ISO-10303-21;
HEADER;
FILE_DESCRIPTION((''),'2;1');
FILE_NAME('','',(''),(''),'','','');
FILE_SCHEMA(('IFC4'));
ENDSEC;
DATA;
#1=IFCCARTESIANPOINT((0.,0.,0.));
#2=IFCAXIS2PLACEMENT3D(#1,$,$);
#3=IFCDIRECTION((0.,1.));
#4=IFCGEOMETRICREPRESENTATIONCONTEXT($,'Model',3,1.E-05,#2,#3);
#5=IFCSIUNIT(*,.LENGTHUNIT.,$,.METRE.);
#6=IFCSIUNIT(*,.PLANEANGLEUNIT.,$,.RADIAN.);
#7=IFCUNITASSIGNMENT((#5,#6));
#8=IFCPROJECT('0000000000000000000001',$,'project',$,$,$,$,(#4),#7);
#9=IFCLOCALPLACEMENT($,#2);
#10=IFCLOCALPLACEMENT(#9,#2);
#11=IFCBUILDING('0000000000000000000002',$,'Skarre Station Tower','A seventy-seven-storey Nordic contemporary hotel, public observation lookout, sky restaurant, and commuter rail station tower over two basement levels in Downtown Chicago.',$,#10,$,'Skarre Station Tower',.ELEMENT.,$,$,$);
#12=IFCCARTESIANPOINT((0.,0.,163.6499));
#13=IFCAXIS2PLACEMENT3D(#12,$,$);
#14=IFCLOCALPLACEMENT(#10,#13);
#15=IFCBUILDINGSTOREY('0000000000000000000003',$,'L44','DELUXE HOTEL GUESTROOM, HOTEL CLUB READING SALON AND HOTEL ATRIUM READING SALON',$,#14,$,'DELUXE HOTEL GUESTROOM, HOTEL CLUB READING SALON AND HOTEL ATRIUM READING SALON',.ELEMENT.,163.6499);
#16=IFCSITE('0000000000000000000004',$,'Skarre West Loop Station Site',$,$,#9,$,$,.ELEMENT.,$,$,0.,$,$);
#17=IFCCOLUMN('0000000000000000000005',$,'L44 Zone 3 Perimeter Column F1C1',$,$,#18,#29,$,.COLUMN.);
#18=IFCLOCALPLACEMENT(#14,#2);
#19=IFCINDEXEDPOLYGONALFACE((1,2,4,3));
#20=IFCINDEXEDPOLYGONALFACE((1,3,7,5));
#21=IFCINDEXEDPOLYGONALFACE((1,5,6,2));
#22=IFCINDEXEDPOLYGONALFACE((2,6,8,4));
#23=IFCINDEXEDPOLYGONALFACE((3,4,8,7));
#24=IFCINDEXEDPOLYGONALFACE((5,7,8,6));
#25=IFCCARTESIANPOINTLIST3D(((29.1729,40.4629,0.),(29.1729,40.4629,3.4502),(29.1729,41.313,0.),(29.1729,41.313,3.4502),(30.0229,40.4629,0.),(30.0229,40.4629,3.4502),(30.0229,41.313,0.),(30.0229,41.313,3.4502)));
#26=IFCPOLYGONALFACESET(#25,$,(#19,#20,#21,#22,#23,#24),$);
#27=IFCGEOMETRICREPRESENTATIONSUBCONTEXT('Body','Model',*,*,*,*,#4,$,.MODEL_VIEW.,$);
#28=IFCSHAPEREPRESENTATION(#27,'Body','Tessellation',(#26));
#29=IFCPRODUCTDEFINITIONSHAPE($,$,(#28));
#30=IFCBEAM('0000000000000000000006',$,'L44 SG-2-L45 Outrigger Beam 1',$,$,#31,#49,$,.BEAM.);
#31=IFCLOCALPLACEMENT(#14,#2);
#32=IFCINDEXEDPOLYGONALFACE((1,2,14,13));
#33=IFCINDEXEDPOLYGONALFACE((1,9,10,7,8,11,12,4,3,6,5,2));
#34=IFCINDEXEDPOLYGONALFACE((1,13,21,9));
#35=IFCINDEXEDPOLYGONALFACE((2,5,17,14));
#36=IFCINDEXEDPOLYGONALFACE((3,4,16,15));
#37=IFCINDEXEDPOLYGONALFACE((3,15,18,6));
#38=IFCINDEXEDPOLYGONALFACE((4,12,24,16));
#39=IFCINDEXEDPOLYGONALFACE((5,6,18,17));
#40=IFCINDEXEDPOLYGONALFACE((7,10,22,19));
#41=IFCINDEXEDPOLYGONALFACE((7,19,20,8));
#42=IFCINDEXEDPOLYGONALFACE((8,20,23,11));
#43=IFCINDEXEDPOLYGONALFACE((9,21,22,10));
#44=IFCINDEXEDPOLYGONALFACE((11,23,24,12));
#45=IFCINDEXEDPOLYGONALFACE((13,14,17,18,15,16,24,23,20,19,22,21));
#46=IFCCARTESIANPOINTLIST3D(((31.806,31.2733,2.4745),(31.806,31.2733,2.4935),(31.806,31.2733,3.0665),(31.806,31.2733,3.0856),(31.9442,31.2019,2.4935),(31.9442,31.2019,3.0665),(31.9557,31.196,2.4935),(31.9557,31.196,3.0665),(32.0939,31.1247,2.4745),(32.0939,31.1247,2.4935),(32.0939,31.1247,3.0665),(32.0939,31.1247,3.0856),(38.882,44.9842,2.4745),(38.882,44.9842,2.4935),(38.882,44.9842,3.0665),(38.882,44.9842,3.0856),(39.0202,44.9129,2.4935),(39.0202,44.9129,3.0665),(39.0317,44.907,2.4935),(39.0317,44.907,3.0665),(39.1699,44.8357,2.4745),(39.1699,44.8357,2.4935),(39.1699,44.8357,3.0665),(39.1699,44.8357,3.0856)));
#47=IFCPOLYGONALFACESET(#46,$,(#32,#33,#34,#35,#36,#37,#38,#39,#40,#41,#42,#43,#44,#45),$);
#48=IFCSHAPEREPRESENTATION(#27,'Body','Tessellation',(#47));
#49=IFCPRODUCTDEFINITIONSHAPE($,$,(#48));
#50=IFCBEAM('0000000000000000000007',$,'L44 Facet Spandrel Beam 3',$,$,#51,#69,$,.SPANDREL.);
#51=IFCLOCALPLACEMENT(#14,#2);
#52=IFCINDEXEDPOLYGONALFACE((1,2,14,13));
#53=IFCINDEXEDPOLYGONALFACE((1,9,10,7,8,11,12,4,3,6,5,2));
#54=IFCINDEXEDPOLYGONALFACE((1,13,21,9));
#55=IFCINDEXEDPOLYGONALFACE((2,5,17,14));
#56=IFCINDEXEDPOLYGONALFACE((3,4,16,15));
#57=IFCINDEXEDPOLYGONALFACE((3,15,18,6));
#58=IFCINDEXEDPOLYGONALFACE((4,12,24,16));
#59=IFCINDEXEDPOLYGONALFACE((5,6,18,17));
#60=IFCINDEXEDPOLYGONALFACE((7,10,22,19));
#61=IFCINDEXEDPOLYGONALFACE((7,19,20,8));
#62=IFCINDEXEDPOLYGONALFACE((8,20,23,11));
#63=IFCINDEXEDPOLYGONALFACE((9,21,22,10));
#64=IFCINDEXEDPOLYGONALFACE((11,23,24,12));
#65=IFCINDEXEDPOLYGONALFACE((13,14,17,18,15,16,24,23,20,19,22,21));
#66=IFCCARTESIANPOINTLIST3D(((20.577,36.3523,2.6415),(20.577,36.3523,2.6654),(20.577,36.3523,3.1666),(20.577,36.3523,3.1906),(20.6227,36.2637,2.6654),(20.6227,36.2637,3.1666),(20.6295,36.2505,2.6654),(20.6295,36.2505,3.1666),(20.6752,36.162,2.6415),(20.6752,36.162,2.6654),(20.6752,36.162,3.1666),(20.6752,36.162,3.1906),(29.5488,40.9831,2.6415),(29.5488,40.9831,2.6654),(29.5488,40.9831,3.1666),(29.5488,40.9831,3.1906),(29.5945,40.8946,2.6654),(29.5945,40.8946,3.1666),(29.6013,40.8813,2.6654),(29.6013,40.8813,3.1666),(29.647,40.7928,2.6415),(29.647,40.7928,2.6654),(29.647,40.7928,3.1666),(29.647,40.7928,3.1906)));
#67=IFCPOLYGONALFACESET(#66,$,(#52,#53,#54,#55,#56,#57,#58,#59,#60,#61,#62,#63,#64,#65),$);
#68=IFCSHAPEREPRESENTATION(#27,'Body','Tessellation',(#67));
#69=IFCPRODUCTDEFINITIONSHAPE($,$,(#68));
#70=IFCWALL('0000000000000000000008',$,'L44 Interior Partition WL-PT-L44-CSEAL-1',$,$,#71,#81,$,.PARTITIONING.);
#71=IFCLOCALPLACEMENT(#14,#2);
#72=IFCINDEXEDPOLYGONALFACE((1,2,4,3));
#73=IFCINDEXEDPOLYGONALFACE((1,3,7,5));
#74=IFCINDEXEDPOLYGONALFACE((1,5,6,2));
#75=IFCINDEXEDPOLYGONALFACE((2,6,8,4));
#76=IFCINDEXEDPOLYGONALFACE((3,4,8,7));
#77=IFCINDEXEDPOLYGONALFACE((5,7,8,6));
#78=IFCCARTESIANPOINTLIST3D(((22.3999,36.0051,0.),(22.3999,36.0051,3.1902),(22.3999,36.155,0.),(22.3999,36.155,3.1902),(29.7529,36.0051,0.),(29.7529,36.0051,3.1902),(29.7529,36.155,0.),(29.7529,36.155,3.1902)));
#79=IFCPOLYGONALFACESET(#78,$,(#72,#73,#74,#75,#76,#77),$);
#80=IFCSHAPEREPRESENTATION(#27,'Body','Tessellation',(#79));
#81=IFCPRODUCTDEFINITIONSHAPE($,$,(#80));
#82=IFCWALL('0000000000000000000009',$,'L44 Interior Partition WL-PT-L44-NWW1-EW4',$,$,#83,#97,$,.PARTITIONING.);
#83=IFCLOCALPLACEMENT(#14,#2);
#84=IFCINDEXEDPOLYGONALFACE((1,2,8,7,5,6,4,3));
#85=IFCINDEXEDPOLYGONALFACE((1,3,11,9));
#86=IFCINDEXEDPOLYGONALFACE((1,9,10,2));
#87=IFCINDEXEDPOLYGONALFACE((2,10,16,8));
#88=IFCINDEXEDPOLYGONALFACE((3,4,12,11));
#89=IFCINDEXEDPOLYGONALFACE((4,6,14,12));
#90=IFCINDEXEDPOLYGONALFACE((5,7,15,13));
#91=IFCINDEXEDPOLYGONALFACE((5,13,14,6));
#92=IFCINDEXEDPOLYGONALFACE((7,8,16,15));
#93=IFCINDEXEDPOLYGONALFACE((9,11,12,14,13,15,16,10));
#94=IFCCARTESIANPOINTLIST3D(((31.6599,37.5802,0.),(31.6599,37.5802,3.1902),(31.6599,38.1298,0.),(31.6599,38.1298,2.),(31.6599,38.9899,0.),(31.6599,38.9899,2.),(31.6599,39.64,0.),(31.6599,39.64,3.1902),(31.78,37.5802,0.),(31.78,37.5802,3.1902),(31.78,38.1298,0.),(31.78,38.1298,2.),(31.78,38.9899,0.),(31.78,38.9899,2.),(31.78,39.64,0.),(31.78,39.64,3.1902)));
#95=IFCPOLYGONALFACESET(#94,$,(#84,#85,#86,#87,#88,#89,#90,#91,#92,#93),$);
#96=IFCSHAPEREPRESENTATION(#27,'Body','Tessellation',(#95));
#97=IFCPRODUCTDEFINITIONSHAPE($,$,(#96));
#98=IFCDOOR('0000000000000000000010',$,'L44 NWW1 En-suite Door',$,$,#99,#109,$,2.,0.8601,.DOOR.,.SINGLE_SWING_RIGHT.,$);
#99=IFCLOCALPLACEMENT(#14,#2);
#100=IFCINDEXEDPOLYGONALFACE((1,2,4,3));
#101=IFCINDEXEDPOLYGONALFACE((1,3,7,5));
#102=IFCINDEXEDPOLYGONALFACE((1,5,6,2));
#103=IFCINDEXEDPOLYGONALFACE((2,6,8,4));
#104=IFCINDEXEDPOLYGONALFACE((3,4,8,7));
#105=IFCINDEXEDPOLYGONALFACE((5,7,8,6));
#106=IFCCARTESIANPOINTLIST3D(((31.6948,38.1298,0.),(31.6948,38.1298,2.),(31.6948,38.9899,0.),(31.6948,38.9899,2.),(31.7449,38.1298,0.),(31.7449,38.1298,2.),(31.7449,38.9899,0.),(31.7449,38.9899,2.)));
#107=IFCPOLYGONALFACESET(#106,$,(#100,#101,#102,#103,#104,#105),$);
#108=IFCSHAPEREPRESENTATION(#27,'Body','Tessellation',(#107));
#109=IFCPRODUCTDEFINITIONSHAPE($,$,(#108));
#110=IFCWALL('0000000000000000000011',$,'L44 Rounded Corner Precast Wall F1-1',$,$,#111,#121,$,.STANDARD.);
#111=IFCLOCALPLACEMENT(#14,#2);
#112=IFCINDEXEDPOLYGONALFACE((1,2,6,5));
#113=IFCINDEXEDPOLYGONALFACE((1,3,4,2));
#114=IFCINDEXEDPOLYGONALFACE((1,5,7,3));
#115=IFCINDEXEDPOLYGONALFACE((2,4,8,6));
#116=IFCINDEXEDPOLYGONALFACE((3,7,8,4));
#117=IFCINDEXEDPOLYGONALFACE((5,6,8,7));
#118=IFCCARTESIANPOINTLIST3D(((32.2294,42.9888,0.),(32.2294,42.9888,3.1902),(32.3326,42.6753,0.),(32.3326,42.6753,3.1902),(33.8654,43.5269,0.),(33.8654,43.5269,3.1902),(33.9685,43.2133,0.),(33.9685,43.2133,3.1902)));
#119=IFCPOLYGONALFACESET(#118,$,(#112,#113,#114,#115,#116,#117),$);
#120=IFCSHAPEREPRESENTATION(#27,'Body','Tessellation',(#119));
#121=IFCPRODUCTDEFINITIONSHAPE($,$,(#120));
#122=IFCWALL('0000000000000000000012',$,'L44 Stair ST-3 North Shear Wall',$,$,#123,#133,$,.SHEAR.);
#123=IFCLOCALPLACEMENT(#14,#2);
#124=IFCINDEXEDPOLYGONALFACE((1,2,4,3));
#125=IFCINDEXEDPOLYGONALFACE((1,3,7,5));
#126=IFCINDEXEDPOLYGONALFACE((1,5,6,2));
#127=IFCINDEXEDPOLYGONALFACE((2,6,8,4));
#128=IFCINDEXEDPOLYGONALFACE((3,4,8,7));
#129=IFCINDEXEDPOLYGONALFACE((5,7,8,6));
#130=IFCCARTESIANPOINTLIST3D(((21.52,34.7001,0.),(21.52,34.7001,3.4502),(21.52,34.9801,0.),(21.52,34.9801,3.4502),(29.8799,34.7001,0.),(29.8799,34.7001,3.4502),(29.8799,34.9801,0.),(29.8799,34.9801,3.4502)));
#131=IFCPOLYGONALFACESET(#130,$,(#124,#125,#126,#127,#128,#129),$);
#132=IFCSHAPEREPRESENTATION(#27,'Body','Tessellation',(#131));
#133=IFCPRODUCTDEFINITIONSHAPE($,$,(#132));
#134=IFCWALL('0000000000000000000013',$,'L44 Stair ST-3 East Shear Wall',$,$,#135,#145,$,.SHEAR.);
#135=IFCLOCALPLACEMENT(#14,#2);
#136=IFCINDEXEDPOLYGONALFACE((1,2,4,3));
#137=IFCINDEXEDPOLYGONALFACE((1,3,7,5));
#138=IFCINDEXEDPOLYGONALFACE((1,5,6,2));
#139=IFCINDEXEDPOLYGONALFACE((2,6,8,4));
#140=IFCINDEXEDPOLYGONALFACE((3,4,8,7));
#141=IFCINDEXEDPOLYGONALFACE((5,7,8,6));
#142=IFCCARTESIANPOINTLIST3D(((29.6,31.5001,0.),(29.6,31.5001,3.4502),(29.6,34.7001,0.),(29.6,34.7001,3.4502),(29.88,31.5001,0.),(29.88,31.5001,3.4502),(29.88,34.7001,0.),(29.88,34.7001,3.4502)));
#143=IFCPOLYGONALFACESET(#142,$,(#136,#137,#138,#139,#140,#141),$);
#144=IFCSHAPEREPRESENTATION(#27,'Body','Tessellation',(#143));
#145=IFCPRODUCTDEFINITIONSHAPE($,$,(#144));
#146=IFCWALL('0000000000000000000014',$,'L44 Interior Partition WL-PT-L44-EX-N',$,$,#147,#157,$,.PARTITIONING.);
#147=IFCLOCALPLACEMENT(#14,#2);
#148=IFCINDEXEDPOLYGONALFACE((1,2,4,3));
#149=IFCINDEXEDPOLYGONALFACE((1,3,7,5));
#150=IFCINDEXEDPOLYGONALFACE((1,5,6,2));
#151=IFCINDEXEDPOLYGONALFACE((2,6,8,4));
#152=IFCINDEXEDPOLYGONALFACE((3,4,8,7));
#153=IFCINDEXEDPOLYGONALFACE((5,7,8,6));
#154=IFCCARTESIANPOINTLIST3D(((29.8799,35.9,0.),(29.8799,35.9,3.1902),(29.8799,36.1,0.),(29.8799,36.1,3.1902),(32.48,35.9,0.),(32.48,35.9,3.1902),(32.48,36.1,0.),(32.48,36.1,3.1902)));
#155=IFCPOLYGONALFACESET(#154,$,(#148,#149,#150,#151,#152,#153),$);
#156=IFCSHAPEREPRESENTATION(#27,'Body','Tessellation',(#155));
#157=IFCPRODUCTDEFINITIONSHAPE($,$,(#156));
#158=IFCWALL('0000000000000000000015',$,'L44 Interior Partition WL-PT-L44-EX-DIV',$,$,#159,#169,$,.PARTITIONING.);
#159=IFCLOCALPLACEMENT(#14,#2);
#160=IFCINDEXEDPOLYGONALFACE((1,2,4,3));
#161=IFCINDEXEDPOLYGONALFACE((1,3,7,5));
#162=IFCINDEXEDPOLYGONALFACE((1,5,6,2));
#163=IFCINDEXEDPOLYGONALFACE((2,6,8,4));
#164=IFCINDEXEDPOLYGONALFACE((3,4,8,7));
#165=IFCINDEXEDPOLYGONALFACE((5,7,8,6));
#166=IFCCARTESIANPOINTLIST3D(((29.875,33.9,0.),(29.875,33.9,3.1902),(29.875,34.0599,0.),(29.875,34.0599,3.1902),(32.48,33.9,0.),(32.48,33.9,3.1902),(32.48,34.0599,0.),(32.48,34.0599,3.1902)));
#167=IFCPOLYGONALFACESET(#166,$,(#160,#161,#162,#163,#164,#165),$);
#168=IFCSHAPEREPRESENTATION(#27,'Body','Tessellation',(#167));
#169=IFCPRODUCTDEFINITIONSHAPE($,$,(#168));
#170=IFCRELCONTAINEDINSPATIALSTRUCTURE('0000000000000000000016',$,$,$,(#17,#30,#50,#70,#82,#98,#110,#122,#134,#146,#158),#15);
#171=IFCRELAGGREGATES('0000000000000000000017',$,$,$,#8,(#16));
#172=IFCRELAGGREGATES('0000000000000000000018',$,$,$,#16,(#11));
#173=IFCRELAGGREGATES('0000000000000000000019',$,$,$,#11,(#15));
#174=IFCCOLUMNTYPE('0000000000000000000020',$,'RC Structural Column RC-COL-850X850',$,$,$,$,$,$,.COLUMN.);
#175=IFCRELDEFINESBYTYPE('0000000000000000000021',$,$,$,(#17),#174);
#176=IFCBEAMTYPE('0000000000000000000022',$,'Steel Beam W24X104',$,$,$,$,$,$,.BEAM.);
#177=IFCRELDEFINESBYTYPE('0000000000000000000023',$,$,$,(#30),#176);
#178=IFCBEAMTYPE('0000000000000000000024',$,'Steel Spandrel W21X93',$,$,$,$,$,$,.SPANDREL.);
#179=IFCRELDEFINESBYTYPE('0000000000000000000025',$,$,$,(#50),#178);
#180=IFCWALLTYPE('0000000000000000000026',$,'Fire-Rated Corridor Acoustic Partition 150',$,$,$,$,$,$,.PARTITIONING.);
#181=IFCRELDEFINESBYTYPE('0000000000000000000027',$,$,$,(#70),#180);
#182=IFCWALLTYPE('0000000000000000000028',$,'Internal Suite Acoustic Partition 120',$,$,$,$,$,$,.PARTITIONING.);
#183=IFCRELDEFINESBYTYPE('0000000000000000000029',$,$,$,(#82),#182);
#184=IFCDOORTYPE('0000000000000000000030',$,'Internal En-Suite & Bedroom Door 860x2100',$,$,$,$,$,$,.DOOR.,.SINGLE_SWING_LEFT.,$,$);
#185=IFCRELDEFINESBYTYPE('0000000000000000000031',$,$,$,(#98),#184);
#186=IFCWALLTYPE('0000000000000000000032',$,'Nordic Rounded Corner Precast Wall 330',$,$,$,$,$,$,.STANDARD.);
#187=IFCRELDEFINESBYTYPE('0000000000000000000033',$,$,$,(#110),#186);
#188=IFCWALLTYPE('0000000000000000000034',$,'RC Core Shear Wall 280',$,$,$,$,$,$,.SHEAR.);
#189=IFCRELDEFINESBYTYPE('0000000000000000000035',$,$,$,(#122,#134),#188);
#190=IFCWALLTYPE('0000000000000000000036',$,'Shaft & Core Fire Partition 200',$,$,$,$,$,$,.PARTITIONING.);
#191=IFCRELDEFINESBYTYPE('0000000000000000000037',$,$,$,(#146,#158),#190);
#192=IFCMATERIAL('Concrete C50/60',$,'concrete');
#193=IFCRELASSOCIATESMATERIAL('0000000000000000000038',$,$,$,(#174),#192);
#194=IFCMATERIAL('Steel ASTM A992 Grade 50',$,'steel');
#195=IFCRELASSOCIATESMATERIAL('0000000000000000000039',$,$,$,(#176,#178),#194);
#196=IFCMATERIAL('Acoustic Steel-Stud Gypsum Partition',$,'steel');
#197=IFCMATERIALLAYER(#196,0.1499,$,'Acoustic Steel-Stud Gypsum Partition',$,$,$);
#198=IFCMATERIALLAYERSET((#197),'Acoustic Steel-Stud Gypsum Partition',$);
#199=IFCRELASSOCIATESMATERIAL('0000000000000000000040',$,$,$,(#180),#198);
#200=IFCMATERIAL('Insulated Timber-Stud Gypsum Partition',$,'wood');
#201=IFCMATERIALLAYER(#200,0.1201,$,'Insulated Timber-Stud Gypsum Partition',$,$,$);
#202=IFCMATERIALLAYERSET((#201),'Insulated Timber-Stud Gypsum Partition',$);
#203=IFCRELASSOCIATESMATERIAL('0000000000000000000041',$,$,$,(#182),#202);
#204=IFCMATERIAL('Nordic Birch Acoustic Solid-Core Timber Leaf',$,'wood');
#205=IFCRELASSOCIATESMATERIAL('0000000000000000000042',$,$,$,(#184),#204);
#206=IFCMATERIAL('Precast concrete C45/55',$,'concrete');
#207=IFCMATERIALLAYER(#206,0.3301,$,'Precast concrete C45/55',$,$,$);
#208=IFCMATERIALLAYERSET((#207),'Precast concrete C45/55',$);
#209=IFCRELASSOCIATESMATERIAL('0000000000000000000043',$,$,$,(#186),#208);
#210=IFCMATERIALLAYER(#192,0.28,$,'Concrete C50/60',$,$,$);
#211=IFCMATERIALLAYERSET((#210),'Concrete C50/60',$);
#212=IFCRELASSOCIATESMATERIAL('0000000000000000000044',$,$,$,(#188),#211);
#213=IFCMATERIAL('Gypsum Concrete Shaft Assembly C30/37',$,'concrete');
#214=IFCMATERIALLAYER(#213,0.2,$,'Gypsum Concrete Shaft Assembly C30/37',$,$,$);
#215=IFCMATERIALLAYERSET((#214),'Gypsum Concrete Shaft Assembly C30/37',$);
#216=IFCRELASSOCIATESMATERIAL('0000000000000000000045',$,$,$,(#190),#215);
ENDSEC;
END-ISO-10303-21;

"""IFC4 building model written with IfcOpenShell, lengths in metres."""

from ifc_helpers import new_model, si_unit, direction, frame, frame_2d, origin, origin_2d, place, context, subcontext, project, spatial, rectangle, i_section, extrude, material, layer, layer_set, material_profile, profile_set, type_object, element, fill, save


model = new_model("IFC4")

# Units and contexts
model_context = context("Model", 3, precision=1e-05, world=origin(), true_north=direction((0.0, 1.0)))
body_context = subcontext(model_context, "Body", "Model", "MODEL_VIEW")
ifc_project = project(units=[si_unit("LENGTHUNIT", "METRE"), si_unit("PLANEANGLEUNIT", "RADIAN")], contexts=[model_context])

# Site, building, storey
site_placement = place(None, origin())
site = spatial("IfcSite", under=ifc_project, at=site_placement, Name="Skarre West Loop Station Site", CompositionType="ELEMENT", RefElevation=0.0)
building_placement = place(site_placement, origin())
building = spatial("IfcBuilding", under=site, at=building_placement, Name="Skarre Station Tower", Description="A seventy-seven-storey Nordic contemporary hotel, public observation lookout, sky restaurant, and commuter rail station tower over two basement levels in Downtown Chicago.", LongName="Skarre Station Tower", CompositionType="ELEMENT")
storey_placement = place(building_placement, frame((0.0, 0.0, 163.6499)))
storey = spatial("IfcBuildingStorey", under=building, at=storey_placement, Name="L44", Description="DELUXE HOTEL GUESTROOM, HOTEL CLUB READING SALON AND HOTEL ATRIUM READING SALON", LongName="DELUXE HOTEL GUESTROOM, HOTEL CLUB READING SALON AND HOTEL ATRIUM READING SALON", CompositionType="ELEMENT", Elevation=163.6499)

# Column
ifc_material_1 = material(Name="Concrete C50/60", Category="concrete")
ifc_material_profile_1 = material_profile(ifc_material_1, rectangle(XDim=0.8501, YDim=0.8501, at=origin_2d()), Name="Concrete C50/60")
ifc_profile_set_1 = profile_set([ifc_material_profile_1], Name="Concrete C50/60")
column_type = type_object("IfcColumnType", Name="RC Structural Column RC-COL-850X850", PredefinedType="COLUMN", material=ifc_profile_set_1)
column_placement = place(storey_placement, frame((29.5979, 40.8879, 0.0), z_axis=(0.0, 0.0, 1.0), x_axis=(1.0, 0.0, 0.0)))
element("IfcColumn", 1, at=column_placement, inside=storey, type_object=column_type, Name="L44 Zone 3 Perimeter Column F1C1", PredefinedType="COLUMN", context=body_context, shape_type="SweptSolid", body=[
    extrude(rectangle(XDim=0.8501, YDim=0.8501, at=origin_2d()), origin(), (0.0, 0.0, 1.0), 3.4502),
])

# Beams
ifc_material_2 = material(Name="Steel ASTM A992 Grade 50", Category="steel")
ifc_material_profile_2 = material_profile(ifc_material_2, i_section(OverallWidth=0.324, OverallDepth=0.6111, WebThickness=0.0129, FlangeThickness=0.019, at=origin_2d()), Name="Steel ASTM A992 Grade 50")
ifc_profile_set_2 = profile_set([ifc_material_profile_2], Name="Steel ASTM A992 Grade 50")
beam_type_1 = type_object("IfcBeamType", Name="Steel Beam W24X104", PredefinedType="BEAM", material=ifc_profile_set_2)
beam_1_placement = place(storey_placement, frame((31.95, 31.199, 2.78), z_axis=(0.458608, 0.888639, 0.0), x_axis=(-0.888639, 0.458608, 0.0)))
element("IfcBeam", 2, at=beam_1_placement, inside=storey, type_object=beam_type_1, Name="L44 SG-2-L45 Outrigger Beam 1", PredefinedType="BEAM", context=body_context, shape_type="SweptSolid", body=[
    extrude(i_section(OverallWidth=0.324, OverallDepth=0.6111, WebThickness=0.0129, FlangeThickness=0.019, at=origin_2d()), origin(), (0.0, 0.0, 1.0), 15.4292),
])
ifc_material_profile_3 = material_profile(ifc_material_2, i_section(OverallWidth=0.2141, OverallDepth=0.5491, WebThickness=0.0149, FlangeThickness=0.0239, at=origin_2d()), Name="Steel ASTM A992 Grade 50")
ifc_profile_set_3 = profile_set([ifc_material_profile_3], Name="Steel ASTM A992 Grade 50")
beam_type_2 = type_object("IfcBeamType", Name="Steel Spandrel W21X93", PredefinedType="SPANDREL", material=ifc_profile_set_3)
beam_2_placement = place(storey_placement, frame((29.5979, 40.8879, 2.916), z_axis=(-0.888613, -0.458658, 0.0), x_axis=(0.458658, -0.888613, 0.0)))
element("IfcBeam", 3, at=beam_2_placement, inside=storey, type_object=beam_type_2, Name="L44 Facet Spandrel Beam 3", PredefinedType="SPANDREL", context=body_context, shape_type="SweptSolid", body=[
    extrude(i_section(OverallWidth=0.2141, OverallDepth=0.5491, WebThickness=0.0149, FlangeThickness=0.0239, at=origin_2d()), origin(), (0.0, 0.0, 1.0), 10.0964),
])

# Wall
ifc_material_3 = material(Name="Acoustic Steel-Stud Gypsum Partition", Category="steel")
ifc_layer_1 = layer(ifc_material_3, 0.1499, Name="Acoustic Steel-Stud Gypsum Partition")
ifc_layer_set_1 = layer_set([ifc_layer_1], Name="Acoustic Steel-Stud Gypsum Partition")
wall_type_1 = type_object("IfcWallType", Name="Fire-Rated Corridor Acoustic Partition 150", PredefinedType="PARTITIONING", material=ifc_layer_set_1)
wall_1_placement = place(storey_placement, frame((29.7529, 36.0801, 0.0), z_axis=(0.0, 0.0, 1.0), x_axis=(-1.0, 0.0, 0.0)))
element("IfcWall", 4, at=wall_1_placement, inside=storey, type_object=wall_type_1, Name="L44 Interior Partition WL-PT-L44-CSEAL-1", PredefinedType="PARTITIONING", context=body_context, shape_type="SweptSolid", body=[
    extrude(rectangle(XDim=7.353, YDim=0.1499, at=frame_2d((3.6765, 0.0))), origin(), (0.0, 0.0, 1.0), 3.1902),
])

# Wall, opening, door
ifc_material_4 = material(Name="Insulated Timber-Stud Gypsum Partition", Category="wood")
ifc_layer_2 = layer(ifc_material_4, 0.1201, Name="Insulated Timber-Stud Gypsum Partition")
ifc_layer_set_2 = layer_set([ifc_layer_2], Name="Insulated Timber-Stud Gypsum Partition")
wall_type_2 = type_object("IfcWallType", Name="Internal Suite Acoustic Partition 120", PredefinedType="PARTITIONING", material=ifc_layer_set_2)
wall_2_placement = place(storey_placement, frame((31.72, 39.6399, 0.0), z_axis=(0.0, 0.0, 1.0), x_axis=(0.0, -1.0, 0.0)))
wall_2 = element("IfcWall", 5, at=wall_2_placement, inside=storey, type_object=wall_type_2, Name="L44 Interior Partition WL-PT-L44-NWW1-EW4", PredefinedType="PARTITIONING", context=body_context, shape_type="SweptSolid", body=[
    extrude(rectangle(XDim=2.0598, YDim=0.1201, at=frame_2d((1.0298, 0.0))), origin(), (0.0, 0.0, 1.0), 3.1902),
])
opening_placement = place(wall_2_placement, frame((0.6499, 0.0, 0.0)))
opening = element("IfcOpeningElement", 6, at=opening_placement, cuts=wall_2, PredefinedType="OPENING", context=body_context, shape_type="SweptSolid", body=[
    extrude(rectangle(XDim=0.8601, YDim=2.0, at=frame_2d((0.4302, 1.0))), frame((0.0, 0.0701, 0.0), z_axis=(0.0, -1.0, 0.0), x_axis=(1.0, 0.0, 0.0)), (0.0, 0.0, 1.0), 0.1401),
])
ifc_material_5 = material(Name="Nordic Birch Acoustic Solid-Core Timber Leaf", Category="wood")
door_type = type_object("IfcDoorType", Name="Internal En-Suite & Bedroom Door 860x2100", OperationType="SINGLE_SWING_LEFT", PredefinedType="DOOR", material=ifc_material_5)
door_placement = place(opening_placement, origin())
door = element("IfcDoor", 7, at=door_placement, inside=storey, type_object=door_type, Name="L44 NWW1 En-suite Door", OperationType="SINGLE_SWING_RIGHT", OverallHeight=2.0, OverallWidth=0.8601, PredefinedType="DOOR", context=body_context, shape_type="SweptSolid", body=[
    extrude(rectangle(XDim=0.8601, YDim=2.0, at=frame_2d((0.4302, 1.0))), frame((0.0, 0.0249, 0.0), z_axis=(0.0, -1.0, 0.0), x_axis=(1.0, 0.0, 0.0)), (0.0, 0.0, 1.0), 0.05),
])
fill(opening, door)

# Walls
ifc_material_6 = material(Name="Precast concrete C45/55", Category="concrete")
ifc_layer_3 = layer(ifc_material_6, 0.3301, Name="Precast concrete C45/55")
ifc_layer_set_3 = layer_set([ifc_layer_3], Name="Precast concrete C45/55")
wall_type_3 = type_object("IfcWallType", Name="Nordic Rounded Corner Precast Wall 330", PredefinedType="STANDARD", material=ifc_layer_set_3)
wall_3_placement = place(storey_placement, frame((32.281, 42.832, 0.0), z_axis=(0.0, 0.0, 1.0), x_axis=(0.949937, 0.31244, 0.0)))
element("IfcWall", 8, at=wall_3_placement, inside=storey, type_object=wall_type_3, Name="L44 Rounded Corner Precast Wall F1-1", PredefinedType="STANDARD", context=body_context, shape_type="SweptSolid", body=[
    extrude(rectangle(XDim=1.7222, YDim=0.3301, at=frame_2d((0.8611, 0.0))), origin(), (0.0, 0.0, 1.0), 3.1902),
])
ifc_layer_4 = layer(ifc_material_1, 0.28, Name="Concrete C50/60")
ifc_layer_set_4 = layer_set([ifc_layer_4], Name="Concrete C50/60")
wall_type_4 = type_object("IfcWallType", Name="RC Core Shear Wall 280", PredefinedType="SHEAR", material=ifc_layer_set_4)
wall_4_placement = place(storey_placement, frame((29.8799, 34.8401, 0.0), z_axis=(0.0, 0.0, 1.0), x_axis=(-1.0, 0.0, 0.0)))
element("IfcWall", 9, at=wall_4_placement, inside=storey, type_object=wall_type_4, Name="L44 Stair ST-3 North Shear Wall", PredefinedType="SHEAR", context=body_context, shape_type="SweptSolid", body=[
    extrude(rectangle(XDim=8.3599, YDim=0.28, at=frame_2d((4.1799, 0.0))), origin(), (0.0, 0.0, 1.0), 3.4502),
])
wall_5_placement = place(storey_placement, frame((29.74, 31.5, 0.0), z_axis=(0.0, 0.0, 1.0), x_axis=(0.0, 1.0, 0.0)))
element("IfcWall", 10, at=wall_5_placement, inside=storey, type_object=wall_type_4, Name="L44 Stair ST-3 East Shear Wall", PredefinedType="SHEAR", context=body_context, shape_type="SweptSolid", body=[
    extrude(rectangle(XDim=3.2, YDim=0.28, at=frame_2d((1.6001, 0.0))), origin(), (0.0, 0.0, 1.0), 3.4502),
])
ifc_material_7 = material(Name="Gypsum Concrete Shaft Assembly C30/37", Category="concrete")
ifc_layer_5 = layer(ifc_material_7, 0.2, Name="Gypsum Concrete Shaft Assembly C30/37")
ifc_layer_set_5 = layer_set([ifc_layer_5], Name="Gypsum Concrete Shaft Assembly C30/37")
wall_type_5 = type_object("IfcWallType", Name="Shaft & Core Fire Partition 200", PredefinedType="PARTITIONING", material=ifc_layer_set_5)
wall_6_placement = place(storey_placement, frame((29.8799, 36.0, 0.0), z_axis=(0.0, 0.0, 1.0), x_axis=(1.0, 0.0, 0.0)))
element("IfcWall", 11, at=wall_6_placement, inside=storey, type_object=wall_type_5, Name="L44 Interior Partition WL-PT-L44-EX-N", PredefinedType="PARTITIONING", context=body_context, shape_type="SweptSolid", body=[
    extrude(rectangle(XDim=2.6001, YDim=0.2, at=frame_2d((1.3, 0.0))), origin(), (0.0, 0.0, 1.0), 3.1902),
])
wall_7_placement = place(storey_placement, frame((29.875, 33.98, 0.0), z_axis=(0.0, 0.0, 1.0), x_axis=(1.0, 0.0, 0.0)))
element("IfcWall", 12, at=wall_7_placement, inside=storey, type_object=wall_type_5, Name="L44 Interior Partition WL-PT-L44-EX-DIV", PredefinedType="PARTITIONING", context=body_context, shape_type="SweptSolid", body=[
    extrude(rectangle(XDim=2.605, YDim=0.1599, at=frame_2d((1.3025, 0.0))), origin(), (0.0, 0.0, 1.0), 3.1902),
])

save(model, "model.ifc")
